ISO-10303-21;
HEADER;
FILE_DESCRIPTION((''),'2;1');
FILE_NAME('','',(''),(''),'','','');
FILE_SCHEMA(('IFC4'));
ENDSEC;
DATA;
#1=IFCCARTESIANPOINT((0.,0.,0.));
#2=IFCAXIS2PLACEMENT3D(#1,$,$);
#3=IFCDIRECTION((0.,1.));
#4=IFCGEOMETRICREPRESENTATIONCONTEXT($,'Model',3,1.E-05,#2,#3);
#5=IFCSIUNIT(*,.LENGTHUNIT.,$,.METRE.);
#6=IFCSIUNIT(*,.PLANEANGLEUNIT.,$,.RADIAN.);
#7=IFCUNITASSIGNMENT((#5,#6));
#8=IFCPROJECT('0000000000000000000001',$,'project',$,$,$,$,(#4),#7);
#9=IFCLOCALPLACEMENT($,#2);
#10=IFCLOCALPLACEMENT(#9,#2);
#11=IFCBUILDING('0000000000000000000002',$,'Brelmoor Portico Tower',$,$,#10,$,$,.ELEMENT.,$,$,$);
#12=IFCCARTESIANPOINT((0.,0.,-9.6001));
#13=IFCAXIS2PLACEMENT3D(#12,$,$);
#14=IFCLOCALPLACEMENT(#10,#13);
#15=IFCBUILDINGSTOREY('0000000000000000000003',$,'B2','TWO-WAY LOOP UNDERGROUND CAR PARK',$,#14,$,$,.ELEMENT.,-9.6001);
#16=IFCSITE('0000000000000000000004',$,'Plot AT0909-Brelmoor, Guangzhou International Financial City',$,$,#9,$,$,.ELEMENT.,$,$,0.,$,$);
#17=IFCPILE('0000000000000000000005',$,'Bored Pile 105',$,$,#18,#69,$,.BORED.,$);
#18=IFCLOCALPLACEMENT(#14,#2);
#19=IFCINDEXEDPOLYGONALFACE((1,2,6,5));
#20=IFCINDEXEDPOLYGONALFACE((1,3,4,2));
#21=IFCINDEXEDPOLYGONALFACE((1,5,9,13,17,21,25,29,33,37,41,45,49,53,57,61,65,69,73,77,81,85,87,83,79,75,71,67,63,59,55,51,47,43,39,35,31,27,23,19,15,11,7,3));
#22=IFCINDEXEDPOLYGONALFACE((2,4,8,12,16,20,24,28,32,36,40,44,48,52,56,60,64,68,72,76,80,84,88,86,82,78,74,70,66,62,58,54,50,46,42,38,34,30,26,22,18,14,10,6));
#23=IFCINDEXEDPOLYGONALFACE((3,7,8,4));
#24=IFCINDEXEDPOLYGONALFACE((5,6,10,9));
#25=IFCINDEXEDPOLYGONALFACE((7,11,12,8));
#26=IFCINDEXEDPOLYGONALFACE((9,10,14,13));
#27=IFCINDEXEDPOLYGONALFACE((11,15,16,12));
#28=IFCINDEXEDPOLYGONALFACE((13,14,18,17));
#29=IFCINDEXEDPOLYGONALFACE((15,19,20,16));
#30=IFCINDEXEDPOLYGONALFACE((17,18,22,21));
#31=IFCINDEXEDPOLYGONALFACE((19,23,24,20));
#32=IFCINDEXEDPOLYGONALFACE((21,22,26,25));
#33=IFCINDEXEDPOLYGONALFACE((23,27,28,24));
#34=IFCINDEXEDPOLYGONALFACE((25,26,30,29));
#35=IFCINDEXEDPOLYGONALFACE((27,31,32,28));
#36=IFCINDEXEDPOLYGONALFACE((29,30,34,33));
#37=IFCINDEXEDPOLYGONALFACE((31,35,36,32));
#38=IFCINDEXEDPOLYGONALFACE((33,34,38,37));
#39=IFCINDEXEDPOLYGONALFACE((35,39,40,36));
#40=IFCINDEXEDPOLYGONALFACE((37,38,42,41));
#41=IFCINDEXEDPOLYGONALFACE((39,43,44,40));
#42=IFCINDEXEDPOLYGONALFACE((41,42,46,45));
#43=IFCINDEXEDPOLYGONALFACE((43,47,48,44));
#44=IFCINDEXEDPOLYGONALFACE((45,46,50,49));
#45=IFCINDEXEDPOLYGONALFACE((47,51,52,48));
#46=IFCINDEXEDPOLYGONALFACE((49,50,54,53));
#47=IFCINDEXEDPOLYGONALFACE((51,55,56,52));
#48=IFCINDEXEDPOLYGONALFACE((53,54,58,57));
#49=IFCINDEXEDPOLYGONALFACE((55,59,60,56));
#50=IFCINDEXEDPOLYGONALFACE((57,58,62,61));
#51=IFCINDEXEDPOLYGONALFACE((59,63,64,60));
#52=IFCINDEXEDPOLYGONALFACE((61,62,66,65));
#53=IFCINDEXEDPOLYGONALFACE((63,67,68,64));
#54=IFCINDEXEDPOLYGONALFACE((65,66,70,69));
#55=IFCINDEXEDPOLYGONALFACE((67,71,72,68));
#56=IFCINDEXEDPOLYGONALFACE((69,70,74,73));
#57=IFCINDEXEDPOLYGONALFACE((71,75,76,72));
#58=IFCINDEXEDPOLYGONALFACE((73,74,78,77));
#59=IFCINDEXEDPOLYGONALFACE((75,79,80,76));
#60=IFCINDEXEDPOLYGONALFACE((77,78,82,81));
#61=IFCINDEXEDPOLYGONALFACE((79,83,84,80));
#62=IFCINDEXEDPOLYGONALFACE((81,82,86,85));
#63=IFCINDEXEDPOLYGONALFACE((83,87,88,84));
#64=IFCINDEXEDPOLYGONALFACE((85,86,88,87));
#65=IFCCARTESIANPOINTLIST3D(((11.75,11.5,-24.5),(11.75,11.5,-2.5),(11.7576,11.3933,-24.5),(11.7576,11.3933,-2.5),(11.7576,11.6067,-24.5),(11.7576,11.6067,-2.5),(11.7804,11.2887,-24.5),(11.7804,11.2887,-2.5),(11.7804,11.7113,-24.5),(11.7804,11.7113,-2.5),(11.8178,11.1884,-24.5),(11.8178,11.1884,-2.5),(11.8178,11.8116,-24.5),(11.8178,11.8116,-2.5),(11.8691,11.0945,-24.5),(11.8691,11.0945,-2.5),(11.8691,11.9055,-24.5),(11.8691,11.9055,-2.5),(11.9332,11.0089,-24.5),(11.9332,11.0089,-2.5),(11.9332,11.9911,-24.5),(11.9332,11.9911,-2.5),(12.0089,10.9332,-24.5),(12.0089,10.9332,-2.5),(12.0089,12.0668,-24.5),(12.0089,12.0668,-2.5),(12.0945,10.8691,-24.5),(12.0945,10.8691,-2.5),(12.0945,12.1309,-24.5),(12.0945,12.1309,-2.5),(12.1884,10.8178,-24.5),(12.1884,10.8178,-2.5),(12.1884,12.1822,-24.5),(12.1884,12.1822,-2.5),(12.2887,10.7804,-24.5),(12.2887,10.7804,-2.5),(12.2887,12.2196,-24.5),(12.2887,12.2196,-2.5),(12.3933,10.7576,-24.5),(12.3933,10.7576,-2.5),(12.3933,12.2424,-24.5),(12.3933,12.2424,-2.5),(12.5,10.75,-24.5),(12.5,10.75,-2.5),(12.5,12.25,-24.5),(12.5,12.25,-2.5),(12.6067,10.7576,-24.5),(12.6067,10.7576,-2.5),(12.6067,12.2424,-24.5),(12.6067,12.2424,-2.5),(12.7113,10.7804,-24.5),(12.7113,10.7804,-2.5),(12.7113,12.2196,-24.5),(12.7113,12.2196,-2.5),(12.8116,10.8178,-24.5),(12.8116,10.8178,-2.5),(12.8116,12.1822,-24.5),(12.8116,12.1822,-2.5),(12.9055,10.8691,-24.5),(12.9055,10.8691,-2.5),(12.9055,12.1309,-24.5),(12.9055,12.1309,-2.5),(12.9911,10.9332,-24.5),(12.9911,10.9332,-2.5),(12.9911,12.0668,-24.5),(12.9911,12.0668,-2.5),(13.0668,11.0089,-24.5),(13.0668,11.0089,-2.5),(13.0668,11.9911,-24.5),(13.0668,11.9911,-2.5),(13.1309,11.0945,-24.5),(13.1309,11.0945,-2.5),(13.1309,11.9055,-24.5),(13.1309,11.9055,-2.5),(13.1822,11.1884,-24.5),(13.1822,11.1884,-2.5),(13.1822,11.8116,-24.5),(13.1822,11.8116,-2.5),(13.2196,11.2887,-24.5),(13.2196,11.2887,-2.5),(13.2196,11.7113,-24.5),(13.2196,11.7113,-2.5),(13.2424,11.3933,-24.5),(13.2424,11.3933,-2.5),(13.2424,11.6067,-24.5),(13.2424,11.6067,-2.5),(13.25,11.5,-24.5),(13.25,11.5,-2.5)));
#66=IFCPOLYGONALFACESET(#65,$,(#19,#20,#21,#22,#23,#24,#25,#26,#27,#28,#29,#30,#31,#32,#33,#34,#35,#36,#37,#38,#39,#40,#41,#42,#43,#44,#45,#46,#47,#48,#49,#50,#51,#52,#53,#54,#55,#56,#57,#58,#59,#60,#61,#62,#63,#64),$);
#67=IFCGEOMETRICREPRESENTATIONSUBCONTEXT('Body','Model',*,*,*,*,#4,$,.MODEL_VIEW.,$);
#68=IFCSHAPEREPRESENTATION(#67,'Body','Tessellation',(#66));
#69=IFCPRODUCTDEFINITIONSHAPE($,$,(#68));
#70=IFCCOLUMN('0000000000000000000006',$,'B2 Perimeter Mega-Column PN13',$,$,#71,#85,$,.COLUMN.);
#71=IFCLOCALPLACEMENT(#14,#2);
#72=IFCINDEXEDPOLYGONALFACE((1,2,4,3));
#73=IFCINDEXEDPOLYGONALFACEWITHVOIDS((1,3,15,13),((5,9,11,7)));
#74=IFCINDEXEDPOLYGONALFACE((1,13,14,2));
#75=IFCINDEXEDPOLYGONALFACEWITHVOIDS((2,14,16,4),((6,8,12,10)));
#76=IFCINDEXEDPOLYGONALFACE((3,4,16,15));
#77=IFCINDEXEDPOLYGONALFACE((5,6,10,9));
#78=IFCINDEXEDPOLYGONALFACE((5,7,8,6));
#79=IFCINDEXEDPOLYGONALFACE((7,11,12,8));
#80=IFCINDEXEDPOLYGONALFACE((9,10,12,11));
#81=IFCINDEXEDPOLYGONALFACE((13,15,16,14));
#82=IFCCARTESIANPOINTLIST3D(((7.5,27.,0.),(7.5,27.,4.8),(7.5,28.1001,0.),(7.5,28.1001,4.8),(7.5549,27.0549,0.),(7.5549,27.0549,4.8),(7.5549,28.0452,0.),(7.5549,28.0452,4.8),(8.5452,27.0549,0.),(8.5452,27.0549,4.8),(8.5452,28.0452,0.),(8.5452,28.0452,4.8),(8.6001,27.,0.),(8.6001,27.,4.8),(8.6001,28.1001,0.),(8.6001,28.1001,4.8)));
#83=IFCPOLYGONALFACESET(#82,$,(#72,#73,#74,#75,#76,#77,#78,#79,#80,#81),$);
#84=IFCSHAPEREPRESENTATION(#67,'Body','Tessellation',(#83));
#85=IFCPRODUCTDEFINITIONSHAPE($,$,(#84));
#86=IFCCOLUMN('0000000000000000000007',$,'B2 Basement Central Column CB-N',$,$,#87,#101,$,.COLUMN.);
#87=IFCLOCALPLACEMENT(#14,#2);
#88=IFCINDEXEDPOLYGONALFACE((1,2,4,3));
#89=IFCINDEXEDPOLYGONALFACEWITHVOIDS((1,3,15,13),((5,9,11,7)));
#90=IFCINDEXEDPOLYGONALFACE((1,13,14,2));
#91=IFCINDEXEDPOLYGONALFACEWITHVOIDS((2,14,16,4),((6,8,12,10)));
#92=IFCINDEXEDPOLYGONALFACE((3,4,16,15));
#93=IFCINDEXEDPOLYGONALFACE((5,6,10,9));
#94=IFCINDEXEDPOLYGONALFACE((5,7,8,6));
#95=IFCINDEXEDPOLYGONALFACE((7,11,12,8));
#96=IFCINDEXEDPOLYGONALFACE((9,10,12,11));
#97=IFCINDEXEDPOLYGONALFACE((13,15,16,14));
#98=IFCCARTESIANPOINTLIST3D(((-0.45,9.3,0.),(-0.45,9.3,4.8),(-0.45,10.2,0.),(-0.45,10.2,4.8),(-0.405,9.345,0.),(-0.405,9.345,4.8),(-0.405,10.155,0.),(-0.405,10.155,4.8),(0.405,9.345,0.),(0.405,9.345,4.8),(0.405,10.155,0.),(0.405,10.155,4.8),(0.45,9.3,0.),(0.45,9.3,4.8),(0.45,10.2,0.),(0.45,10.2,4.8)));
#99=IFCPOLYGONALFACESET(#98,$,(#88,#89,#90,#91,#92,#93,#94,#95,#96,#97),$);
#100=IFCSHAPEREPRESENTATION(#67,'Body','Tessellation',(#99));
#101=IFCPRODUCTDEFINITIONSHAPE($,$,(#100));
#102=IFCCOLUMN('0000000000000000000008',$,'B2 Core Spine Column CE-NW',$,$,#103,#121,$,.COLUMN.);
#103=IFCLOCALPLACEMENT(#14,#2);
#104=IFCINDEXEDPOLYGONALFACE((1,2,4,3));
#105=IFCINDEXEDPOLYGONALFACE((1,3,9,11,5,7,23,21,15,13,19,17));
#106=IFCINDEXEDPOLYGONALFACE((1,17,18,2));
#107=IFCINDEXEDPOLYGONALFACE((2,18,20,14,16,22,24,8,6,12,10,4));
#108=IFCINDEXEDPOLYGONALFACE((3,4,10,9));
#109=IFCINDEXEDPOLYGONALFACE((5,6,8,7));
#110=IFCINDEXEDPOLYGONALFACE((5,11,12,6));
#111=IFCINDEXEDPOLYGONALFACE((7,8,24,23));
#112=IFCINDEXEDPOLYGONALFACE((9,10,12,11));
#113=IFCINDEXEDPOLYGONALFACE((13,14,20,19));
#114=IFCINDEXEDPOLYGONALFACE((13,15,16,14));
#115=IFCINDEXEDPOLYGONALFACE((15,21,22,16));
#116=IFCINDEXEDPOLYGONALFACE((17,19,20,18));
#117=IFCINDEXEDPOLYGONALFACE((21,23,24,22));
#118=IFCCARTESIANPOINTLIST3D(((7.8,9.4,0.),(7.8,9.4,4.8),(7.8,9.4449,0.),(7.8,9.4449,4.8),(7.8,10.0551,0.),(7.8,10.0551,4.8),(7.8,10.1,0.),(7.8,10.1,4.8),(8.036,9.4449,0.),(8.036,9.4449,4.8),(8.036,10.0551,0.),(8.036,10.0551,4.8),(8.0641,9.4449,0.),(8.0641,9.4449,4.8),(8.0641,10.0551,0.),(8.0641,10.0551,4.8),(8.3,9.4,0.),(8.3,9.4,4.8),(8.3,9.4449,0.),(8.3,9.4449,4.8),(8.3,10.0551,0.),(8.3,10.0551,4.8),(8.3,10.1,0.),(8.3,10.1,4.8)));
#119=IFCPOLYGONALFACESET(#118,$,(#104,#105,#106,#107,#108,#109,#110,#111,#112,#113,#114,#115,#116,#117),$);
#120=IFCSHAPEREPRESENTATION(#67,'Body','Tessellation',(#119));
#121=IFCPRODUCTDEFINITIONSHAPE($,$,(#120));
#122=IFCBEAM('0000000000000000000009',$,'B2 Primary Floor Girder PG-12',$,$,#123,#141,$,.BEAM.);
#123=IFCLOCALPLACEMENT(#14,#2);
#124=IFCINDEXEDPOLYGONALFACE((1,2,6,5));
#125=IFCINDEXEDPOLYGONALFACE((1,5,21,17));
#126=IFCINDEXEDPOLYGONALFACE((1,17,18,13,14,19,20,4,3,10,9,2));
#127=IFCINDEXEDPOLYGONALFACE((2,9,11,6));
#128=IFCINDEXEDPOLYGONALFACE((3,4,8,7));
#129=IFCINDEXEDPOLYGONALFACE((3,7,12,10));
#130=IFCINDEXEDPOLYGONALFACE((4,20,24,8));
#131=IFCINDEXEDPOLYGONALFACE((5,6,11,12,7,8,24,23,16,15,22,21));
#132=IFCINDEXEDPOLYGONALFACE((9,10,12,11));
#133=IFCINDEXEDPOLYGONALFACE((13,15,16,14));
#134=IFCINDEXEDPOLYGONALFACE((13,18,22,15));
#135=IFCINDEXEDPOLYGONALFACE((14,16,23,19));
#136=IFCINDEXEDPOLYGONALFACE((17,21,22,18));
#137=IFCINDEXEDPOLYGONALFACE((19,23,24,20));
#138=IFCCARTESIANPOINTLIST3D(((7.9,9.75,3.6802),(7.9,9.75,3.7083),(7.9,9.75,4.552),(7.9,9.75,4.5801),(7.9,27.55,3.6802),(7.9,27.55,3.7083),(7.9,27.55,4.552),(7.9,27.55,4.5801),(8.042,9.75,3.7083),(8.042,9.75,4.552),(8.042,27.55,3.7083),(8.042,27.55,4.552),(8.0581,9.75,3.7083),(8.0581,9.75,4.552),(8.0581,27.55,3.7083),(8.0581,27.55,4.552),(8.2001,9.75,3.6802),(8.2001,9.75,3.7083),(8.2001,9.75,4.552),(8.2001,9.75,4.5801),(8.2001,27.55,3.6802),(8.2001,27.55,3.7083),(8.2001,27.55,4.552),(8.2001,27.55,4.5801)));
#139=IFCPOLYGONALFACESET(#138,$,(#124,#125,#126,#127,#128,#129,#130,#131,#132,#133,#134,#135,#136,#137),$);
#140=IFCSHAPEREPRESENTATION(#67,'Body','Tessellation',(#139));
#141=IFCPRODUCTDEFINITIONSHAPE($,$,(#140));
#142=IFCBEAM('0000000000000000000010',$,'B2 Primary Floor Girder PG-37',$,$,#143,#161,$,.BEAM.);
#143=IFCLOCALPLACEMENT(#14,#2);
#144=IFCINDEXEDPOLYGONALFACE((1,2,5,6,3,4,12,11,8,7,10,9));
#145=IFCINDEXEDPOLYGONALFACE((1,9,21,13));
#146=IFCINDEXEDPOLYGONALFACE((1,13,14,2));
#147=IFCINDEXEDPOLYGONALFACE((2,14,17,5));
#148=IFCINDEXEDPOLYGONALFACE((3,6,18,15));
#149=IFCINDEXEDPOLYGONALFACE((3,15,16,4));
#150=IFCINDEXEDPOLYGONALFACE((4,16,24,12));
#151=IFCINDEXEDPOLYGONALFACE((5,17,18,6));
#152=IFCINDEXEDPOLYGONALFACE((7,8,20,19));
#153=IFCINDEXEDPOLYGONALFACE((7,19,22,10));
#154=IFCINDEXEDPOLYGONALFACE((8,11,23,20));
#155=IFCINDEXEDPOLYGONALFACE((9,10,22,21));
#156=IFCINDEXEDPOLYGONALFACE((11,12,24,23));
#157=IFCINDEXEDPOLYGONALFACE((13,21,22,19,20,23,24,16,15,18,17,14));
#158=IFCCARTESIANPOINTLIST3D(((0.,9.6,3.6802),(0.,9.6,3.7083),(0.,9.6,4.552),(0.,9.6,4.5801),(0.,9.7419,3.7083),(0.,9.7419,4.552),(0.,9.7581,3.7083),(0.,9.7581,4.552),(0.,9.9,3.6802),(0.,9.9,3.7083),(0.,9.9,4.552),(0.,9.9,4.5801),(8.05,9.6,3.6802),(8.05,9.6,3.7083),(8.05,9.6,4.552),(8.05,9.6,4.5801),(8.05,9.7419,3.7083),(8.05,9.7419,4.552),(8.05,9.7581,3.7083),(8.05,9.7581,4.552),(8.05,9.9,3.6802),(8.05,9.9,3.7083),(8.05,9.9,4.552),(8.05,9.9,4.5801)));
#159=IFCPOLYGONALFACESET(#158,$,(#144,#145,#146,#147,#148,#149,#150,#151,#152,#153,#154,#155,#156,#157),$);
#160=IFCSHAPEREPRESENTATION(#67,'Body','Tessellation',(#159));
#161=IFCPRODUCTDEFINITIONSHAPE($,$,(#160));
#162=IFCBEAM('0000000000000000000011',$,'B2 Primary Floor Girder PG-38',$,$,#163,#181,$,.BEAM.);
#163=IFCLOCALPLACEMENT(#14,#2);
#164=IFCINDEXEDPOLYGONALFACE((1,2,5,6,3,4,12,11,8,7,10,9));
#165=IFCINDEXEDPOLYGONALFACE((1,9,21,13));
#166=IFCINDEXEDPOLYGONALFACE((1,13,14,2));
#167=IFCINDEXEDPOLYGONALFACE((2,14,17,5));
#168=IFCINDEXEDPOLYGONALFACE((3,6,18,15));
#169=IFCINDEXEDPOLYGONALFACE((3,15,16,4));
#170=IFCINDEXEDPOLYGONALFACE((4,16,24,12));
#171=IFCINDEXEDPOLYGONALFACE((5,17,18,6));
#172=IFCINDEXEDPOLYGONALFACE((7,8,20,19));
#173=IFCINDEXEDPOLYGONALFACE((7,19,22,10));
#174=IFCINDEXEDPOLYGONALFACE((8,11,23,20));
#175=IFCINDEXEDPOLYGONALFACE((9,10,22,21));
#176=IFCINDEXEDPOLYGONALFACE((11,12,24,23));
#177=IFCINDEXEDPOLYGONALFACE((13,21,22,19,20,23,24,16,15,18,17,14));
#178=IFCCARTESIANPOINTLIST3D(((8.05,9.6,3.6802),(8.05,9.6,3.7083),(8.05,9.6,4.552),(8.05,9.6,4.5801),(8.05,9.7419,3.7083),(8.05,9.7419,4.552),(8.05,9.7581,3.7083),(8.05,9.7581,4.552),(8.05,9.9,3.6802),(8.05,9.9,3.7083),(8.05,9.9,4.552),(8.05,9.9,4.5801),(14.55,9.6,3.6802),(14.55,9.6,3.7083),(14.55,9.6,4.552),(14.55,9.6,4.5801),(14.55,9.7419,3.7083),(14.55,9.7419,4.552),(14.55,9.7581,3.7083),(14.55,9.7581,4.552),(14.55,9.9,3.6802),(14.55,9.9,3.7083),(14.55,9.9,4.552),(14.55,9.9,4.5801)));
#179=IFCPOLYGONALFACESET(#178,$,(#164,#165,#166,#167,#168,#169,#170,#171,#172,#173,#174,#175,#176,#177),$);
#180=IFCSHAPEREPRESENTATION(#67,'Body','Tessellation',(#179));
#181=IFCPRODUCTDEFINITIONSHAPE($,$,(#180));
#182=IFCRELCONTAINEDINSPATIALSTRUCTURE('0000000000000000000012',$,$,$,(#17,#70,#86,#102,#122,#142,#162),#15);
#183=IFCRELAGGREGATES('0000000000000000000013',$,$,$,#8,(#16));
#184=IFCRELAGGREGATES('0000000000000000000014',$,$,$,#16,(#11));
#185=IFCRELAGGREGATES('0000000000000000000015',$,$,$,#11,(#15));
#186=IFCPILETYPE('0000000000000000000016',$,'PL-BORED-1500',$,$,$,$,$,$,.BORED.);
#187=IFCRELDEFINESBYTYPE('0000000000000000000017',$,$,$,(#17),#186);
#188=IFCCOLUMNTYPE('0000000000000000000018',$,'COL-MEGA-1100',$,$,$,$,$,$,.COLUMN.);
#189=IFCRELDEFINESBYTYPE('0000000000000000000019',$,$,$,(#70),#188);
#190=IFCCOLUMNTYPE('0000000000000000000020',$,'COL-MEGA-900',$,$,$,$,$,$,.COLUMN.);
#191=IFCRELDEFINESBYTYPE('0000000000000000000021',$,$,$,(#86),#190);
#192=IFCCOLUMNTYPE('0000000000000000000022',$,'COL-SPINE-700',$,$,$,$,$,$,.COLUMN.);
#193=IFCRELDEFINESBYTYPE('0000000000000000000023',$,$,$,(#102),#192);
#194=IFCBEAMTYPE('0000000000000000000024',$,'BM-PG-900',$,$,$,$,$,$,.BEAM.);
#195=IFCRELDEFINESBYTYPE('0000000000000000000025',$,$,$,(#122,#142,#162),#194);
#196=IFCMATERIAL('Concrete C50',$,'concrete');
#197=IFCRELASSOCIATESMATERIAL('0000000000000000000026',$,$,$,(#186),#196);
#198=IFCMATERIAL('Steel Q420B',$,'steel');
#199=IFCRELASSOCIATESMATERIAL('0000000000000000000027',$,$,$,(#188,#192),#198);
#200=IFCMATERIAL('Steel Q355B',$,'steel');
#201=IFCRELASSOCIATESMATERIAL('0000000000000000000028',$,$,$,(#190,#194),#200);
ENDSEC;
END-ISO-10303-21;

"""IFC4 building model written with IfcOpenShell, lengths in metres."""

from ifc_helpers import new_model, si_unit, direction, frame, origin, origin_2d, place, context, subcontext, project, spatial, hollow_rectangle, circle, i_section, extrude, material, material_profile, profile_set, type_object, element, save


model = new_model("IFC4")

# Units and contexts
model_context = context("Model", 3, precision=1e-05, world=origin(), true_north=direction((0.0, 1.0)))
body_context = subcontext(model_context, "Body", "Model", "MODEL_VIEW")
ifc_project = project(units=[si_unit("LENGTHUNIT", "METRE"), si_unit("PLANEANGLEUNIT", "RADIAN")], contexts=[model_context])

# Site, building, storey
site_placement = place(None, origin())
site = spatial("IfcSite", under=ifc_project, at=site_placement, Name="Plot AT0909-Brelmoor, Guangzhou International Financial City", CompositionType="ELEMENT", RefElevation=0.0)
building_placement = place(site_placement, origin())
building = spatial("IfcBuilding", under=site, at=building_placement, Name="Brelmoor Portico Tower", CompositionType="ELEMENT")
storey_placement = place(building_placement, frame((0.0, 0.0, -9.6001)))
storey = spatial("IfcBuildingStorey", under=building, at=storey_placement, Name="B2", Description="TWO-WAY LOOP UNDERGROUND CAR PARK", CompositionType="ELEMENT", Elevation=-9.6001)

# Shared definitions
ifc_material_1 = material(Name="Concrete C50", Category="concrete")

# Pile
ifc_material_profile_1 = material_profile(ifc_material_1, circle(Radius=0.75, at=origin_2d()), Name="BORED PILE D1500")
ifc_profile_set_1 = profile_set([ifc_material_profile_1], Name="Concrete C50")
pile_type_1 = type_object("IfcPileType", Name="PL-BORED-1500", PredefinedType="BORED", material=ifc_profile_set_1)
for number, where, z_axis, x_axis, name in (
    (1, (12.5, 11.5, -2.5), (0.0, 0.0, -1.0), (1.0, 0.0, 0.0), "Bored Pile 105"),
):
    element("IfcPile", number, at=place(storey_placement, frame(where, z_axis=z_axis, x_axis=x_axis)), inside=storey, type_object=pile_type_1, Name=name, PredefinedType="BORED", context=body_context, shape_type="SweptSolid", body=[
        extrude(circle(Radius=0.75, at=origin_2d()), origin(), (0.0, 0.0, 1.0), 22.0),
    ])

# Columns
ifc_material_2 = material(Name="Steel Q420B", Category="steel")
ifc_material_profile_2 = material_profile(ifc_material_2, hollow_rectangle(XDim=1.1001, YDim=1.1001, WallThickness=0.0549, at=origin_2d()), Name="BOX 1100x1100x55")
ifc_profile_set_2 = profile_set([ifc_material_profile_2], Name="Steel Q420B")
column_type_1 = type_object("IfcColumnType", Name="COL-MEGA-1100", PredefinedType="COLUMN", material=ifc_profile_set_2)
column_1_placement = place(storey_placement, frame((8.05, 27.55, 0.0), z_axis=(0.0, 0.0, 1.0), x_axis=(1.0, 0.0, 0.0)))
element("IfcColumn", 2, at=column_1_placement, inside=storey, type_object=column_type_1, Name="B2 Perimeter Mega-Column PN13", PredefinedType="COLUMN", context=body_context, shape_type="SweptSolid", body=[
    extrude(hollow_rectangle(XDim=1.1001, YDim=1.1001, WallThickness=0.0549, at=origin_2d()), origin(), (0.0, 0.0, 1.0), 4.8),
])
ifc_material_3 = material(Name="Steel Q355B", Category="steel")
ifc_material_profile_3 = material_profile(ifc_material_3, hollow_rectangle(XDim=0.8999, YDim=0.8999, WallThickness=0.0449, at=origin_2d()), Name="BOX 900x900x45")
ifc_profile_set_3 = profile_set([ifc_material_profile_3], Name="Steel Q355B")
column_type_2 = type_object("IfcColumnType", Name="COL-MEGA-900", PredefinedType="COLUMN", material=ifc_profile_set_3)
column_2_placement = place(storey_placement, frame((0.0, 9.75, 0.0), z_axis=(0.0, 0.0, 1.0), x_axis=(1.0, 0.0, 0.0)))
element("IfcColumn", 3, at=column_2_placement, inside=storey, type_object=column_type_2, Name="B2 Basement Central Column CB-N", PredefinedType="COLUMN", context=body_context, shape_type="SweptSolid", body=[
    extrude(hollow_rectangle(XDim=0.8999, YDim=0.8999, WallThickness=0.0449, at=origin_2d()), origin(), (0.0, 0.0, 1.0), 4.8),
])
ifc_material_profile_4 = material_profile(ifc_material_2, i_section(OverallWidth=0.5, OverallDepth=0.7, WebThickness=0.0281, FlangeThickness=0.0449, at=origin_2d()), Name="HW 700x500x28x45")
ifc_profile_set_4 = profile_set([ifc_material_profile_4], Name="Steel Q420B")
column_type_3 = type_object("IfcColumnType", Name="COL-SPINE-700", PredefinedType="COLUMN", material=ifc_profile_set_4)
column_3_placement = place(storey_placement, frame((8.05, 9.75, 0.0), z_axis=(0.0, 0.0, 1.0), x_axis=(1.0, 0.0, 0.0)))
element("IfcColumn", 4, at=column_3_placement, inside=storey, type_object=column_type_3, Name="B2 Core Spine Column CE-NW", PredefinedType="COLUMN", context=body_context, shape_type="SweptSolid", body=[
    extrude(i_section(OverallWidth=0.5, OverallDepth=0.7, WebThickness=0.0281, FlangeThickness=0.0449, at=origin_2d()), origin(), (0.0, 0.0, 1.0), 4.8),
])

# Beams
ifc_material_profile_5 = material_profile(ifc_material_3, i_section(OverallWidth=0.3, OverallDepth=0.8999, WebThickness=0.0161, FlangeThickness=0.0281, at=origin_2d()), Name="HN 900x300x16x28")
ifc_profile_set_5 = profile_set([ifc_material_profile_5], Name="Steel Q355B")
beam_type = type_object("IfcBeamType", Name="BM-PG-900", PredefinedType="BEAM", material=ifc_profile_set_5)
beam_1_placement = place(storey_placement, frame((8.05, 9.75, 4.1301), z_axis=(0.0, 1.0, 0.0), x_axis=(-1.0, 0.0, 0.0)))
element("IfcBeam", 5, at=beam_1_placement, inside=storey, type_object=beam_type, Name="B2 Primary Floor Girder PG-12", PredefinedType="BEAM", context=body_context, shape_type="SweptSolid", body=[
    extrude(i_section(OverallWidth=0.3, OverallDepth=0.8999, WebThickness=0.0161, FlangeThickness=0.0281, at=origin_2d()), origin(), (0.0, 0.0, 1.0), 17.8),
])
beam_2_placement = place(storey_placement, frame((0.0, 9.75, 4.1301), z_axis=(1.0, 0.0, 0.0), x_axis=(0.0, 1.0, 0.0)))
element("IfcBeam", 6, at=beam_2_placement, inside=storey, type_object=beam_type, Name="B2 Primary Floor Girder PG-37", PredefinedType="BEAM", context=body_context, shape_type="SweptSolid", body=[
    extrude(i_section(OverallWidth=0.3, OverallDepth=0.8999, WebThickness=0.0161, FlangeThickness=0.0281, at=origin_2d()), origin(), (0.0, 0.0, 1.0), 8.05),
])
beam_3_placement = place(storey_placement, frame((8.05, 9.75, 4.1301), z_axis=(1.0, 0.0, 0.0), x_axis=(0.0, 1.0, 0.0)))
element("IfcBeam", 7, at=beam_3_placement, inside=storey, type_object=beam_type, Name="B2 Primary Floor Girder PG-38", PredefinedType="BEAM", context=body_context, shape_type="SweptSolid", body=[
    extrude(i_section(OverallWidth=0.3, OverallDepth=0.8999, WebThickness=0.0161, FlangeThickness=0.0281, at=origin_2d()), origin(), (0.0, 0.0, 1.0), 6.5),
])

save(model, "model.ifc")
